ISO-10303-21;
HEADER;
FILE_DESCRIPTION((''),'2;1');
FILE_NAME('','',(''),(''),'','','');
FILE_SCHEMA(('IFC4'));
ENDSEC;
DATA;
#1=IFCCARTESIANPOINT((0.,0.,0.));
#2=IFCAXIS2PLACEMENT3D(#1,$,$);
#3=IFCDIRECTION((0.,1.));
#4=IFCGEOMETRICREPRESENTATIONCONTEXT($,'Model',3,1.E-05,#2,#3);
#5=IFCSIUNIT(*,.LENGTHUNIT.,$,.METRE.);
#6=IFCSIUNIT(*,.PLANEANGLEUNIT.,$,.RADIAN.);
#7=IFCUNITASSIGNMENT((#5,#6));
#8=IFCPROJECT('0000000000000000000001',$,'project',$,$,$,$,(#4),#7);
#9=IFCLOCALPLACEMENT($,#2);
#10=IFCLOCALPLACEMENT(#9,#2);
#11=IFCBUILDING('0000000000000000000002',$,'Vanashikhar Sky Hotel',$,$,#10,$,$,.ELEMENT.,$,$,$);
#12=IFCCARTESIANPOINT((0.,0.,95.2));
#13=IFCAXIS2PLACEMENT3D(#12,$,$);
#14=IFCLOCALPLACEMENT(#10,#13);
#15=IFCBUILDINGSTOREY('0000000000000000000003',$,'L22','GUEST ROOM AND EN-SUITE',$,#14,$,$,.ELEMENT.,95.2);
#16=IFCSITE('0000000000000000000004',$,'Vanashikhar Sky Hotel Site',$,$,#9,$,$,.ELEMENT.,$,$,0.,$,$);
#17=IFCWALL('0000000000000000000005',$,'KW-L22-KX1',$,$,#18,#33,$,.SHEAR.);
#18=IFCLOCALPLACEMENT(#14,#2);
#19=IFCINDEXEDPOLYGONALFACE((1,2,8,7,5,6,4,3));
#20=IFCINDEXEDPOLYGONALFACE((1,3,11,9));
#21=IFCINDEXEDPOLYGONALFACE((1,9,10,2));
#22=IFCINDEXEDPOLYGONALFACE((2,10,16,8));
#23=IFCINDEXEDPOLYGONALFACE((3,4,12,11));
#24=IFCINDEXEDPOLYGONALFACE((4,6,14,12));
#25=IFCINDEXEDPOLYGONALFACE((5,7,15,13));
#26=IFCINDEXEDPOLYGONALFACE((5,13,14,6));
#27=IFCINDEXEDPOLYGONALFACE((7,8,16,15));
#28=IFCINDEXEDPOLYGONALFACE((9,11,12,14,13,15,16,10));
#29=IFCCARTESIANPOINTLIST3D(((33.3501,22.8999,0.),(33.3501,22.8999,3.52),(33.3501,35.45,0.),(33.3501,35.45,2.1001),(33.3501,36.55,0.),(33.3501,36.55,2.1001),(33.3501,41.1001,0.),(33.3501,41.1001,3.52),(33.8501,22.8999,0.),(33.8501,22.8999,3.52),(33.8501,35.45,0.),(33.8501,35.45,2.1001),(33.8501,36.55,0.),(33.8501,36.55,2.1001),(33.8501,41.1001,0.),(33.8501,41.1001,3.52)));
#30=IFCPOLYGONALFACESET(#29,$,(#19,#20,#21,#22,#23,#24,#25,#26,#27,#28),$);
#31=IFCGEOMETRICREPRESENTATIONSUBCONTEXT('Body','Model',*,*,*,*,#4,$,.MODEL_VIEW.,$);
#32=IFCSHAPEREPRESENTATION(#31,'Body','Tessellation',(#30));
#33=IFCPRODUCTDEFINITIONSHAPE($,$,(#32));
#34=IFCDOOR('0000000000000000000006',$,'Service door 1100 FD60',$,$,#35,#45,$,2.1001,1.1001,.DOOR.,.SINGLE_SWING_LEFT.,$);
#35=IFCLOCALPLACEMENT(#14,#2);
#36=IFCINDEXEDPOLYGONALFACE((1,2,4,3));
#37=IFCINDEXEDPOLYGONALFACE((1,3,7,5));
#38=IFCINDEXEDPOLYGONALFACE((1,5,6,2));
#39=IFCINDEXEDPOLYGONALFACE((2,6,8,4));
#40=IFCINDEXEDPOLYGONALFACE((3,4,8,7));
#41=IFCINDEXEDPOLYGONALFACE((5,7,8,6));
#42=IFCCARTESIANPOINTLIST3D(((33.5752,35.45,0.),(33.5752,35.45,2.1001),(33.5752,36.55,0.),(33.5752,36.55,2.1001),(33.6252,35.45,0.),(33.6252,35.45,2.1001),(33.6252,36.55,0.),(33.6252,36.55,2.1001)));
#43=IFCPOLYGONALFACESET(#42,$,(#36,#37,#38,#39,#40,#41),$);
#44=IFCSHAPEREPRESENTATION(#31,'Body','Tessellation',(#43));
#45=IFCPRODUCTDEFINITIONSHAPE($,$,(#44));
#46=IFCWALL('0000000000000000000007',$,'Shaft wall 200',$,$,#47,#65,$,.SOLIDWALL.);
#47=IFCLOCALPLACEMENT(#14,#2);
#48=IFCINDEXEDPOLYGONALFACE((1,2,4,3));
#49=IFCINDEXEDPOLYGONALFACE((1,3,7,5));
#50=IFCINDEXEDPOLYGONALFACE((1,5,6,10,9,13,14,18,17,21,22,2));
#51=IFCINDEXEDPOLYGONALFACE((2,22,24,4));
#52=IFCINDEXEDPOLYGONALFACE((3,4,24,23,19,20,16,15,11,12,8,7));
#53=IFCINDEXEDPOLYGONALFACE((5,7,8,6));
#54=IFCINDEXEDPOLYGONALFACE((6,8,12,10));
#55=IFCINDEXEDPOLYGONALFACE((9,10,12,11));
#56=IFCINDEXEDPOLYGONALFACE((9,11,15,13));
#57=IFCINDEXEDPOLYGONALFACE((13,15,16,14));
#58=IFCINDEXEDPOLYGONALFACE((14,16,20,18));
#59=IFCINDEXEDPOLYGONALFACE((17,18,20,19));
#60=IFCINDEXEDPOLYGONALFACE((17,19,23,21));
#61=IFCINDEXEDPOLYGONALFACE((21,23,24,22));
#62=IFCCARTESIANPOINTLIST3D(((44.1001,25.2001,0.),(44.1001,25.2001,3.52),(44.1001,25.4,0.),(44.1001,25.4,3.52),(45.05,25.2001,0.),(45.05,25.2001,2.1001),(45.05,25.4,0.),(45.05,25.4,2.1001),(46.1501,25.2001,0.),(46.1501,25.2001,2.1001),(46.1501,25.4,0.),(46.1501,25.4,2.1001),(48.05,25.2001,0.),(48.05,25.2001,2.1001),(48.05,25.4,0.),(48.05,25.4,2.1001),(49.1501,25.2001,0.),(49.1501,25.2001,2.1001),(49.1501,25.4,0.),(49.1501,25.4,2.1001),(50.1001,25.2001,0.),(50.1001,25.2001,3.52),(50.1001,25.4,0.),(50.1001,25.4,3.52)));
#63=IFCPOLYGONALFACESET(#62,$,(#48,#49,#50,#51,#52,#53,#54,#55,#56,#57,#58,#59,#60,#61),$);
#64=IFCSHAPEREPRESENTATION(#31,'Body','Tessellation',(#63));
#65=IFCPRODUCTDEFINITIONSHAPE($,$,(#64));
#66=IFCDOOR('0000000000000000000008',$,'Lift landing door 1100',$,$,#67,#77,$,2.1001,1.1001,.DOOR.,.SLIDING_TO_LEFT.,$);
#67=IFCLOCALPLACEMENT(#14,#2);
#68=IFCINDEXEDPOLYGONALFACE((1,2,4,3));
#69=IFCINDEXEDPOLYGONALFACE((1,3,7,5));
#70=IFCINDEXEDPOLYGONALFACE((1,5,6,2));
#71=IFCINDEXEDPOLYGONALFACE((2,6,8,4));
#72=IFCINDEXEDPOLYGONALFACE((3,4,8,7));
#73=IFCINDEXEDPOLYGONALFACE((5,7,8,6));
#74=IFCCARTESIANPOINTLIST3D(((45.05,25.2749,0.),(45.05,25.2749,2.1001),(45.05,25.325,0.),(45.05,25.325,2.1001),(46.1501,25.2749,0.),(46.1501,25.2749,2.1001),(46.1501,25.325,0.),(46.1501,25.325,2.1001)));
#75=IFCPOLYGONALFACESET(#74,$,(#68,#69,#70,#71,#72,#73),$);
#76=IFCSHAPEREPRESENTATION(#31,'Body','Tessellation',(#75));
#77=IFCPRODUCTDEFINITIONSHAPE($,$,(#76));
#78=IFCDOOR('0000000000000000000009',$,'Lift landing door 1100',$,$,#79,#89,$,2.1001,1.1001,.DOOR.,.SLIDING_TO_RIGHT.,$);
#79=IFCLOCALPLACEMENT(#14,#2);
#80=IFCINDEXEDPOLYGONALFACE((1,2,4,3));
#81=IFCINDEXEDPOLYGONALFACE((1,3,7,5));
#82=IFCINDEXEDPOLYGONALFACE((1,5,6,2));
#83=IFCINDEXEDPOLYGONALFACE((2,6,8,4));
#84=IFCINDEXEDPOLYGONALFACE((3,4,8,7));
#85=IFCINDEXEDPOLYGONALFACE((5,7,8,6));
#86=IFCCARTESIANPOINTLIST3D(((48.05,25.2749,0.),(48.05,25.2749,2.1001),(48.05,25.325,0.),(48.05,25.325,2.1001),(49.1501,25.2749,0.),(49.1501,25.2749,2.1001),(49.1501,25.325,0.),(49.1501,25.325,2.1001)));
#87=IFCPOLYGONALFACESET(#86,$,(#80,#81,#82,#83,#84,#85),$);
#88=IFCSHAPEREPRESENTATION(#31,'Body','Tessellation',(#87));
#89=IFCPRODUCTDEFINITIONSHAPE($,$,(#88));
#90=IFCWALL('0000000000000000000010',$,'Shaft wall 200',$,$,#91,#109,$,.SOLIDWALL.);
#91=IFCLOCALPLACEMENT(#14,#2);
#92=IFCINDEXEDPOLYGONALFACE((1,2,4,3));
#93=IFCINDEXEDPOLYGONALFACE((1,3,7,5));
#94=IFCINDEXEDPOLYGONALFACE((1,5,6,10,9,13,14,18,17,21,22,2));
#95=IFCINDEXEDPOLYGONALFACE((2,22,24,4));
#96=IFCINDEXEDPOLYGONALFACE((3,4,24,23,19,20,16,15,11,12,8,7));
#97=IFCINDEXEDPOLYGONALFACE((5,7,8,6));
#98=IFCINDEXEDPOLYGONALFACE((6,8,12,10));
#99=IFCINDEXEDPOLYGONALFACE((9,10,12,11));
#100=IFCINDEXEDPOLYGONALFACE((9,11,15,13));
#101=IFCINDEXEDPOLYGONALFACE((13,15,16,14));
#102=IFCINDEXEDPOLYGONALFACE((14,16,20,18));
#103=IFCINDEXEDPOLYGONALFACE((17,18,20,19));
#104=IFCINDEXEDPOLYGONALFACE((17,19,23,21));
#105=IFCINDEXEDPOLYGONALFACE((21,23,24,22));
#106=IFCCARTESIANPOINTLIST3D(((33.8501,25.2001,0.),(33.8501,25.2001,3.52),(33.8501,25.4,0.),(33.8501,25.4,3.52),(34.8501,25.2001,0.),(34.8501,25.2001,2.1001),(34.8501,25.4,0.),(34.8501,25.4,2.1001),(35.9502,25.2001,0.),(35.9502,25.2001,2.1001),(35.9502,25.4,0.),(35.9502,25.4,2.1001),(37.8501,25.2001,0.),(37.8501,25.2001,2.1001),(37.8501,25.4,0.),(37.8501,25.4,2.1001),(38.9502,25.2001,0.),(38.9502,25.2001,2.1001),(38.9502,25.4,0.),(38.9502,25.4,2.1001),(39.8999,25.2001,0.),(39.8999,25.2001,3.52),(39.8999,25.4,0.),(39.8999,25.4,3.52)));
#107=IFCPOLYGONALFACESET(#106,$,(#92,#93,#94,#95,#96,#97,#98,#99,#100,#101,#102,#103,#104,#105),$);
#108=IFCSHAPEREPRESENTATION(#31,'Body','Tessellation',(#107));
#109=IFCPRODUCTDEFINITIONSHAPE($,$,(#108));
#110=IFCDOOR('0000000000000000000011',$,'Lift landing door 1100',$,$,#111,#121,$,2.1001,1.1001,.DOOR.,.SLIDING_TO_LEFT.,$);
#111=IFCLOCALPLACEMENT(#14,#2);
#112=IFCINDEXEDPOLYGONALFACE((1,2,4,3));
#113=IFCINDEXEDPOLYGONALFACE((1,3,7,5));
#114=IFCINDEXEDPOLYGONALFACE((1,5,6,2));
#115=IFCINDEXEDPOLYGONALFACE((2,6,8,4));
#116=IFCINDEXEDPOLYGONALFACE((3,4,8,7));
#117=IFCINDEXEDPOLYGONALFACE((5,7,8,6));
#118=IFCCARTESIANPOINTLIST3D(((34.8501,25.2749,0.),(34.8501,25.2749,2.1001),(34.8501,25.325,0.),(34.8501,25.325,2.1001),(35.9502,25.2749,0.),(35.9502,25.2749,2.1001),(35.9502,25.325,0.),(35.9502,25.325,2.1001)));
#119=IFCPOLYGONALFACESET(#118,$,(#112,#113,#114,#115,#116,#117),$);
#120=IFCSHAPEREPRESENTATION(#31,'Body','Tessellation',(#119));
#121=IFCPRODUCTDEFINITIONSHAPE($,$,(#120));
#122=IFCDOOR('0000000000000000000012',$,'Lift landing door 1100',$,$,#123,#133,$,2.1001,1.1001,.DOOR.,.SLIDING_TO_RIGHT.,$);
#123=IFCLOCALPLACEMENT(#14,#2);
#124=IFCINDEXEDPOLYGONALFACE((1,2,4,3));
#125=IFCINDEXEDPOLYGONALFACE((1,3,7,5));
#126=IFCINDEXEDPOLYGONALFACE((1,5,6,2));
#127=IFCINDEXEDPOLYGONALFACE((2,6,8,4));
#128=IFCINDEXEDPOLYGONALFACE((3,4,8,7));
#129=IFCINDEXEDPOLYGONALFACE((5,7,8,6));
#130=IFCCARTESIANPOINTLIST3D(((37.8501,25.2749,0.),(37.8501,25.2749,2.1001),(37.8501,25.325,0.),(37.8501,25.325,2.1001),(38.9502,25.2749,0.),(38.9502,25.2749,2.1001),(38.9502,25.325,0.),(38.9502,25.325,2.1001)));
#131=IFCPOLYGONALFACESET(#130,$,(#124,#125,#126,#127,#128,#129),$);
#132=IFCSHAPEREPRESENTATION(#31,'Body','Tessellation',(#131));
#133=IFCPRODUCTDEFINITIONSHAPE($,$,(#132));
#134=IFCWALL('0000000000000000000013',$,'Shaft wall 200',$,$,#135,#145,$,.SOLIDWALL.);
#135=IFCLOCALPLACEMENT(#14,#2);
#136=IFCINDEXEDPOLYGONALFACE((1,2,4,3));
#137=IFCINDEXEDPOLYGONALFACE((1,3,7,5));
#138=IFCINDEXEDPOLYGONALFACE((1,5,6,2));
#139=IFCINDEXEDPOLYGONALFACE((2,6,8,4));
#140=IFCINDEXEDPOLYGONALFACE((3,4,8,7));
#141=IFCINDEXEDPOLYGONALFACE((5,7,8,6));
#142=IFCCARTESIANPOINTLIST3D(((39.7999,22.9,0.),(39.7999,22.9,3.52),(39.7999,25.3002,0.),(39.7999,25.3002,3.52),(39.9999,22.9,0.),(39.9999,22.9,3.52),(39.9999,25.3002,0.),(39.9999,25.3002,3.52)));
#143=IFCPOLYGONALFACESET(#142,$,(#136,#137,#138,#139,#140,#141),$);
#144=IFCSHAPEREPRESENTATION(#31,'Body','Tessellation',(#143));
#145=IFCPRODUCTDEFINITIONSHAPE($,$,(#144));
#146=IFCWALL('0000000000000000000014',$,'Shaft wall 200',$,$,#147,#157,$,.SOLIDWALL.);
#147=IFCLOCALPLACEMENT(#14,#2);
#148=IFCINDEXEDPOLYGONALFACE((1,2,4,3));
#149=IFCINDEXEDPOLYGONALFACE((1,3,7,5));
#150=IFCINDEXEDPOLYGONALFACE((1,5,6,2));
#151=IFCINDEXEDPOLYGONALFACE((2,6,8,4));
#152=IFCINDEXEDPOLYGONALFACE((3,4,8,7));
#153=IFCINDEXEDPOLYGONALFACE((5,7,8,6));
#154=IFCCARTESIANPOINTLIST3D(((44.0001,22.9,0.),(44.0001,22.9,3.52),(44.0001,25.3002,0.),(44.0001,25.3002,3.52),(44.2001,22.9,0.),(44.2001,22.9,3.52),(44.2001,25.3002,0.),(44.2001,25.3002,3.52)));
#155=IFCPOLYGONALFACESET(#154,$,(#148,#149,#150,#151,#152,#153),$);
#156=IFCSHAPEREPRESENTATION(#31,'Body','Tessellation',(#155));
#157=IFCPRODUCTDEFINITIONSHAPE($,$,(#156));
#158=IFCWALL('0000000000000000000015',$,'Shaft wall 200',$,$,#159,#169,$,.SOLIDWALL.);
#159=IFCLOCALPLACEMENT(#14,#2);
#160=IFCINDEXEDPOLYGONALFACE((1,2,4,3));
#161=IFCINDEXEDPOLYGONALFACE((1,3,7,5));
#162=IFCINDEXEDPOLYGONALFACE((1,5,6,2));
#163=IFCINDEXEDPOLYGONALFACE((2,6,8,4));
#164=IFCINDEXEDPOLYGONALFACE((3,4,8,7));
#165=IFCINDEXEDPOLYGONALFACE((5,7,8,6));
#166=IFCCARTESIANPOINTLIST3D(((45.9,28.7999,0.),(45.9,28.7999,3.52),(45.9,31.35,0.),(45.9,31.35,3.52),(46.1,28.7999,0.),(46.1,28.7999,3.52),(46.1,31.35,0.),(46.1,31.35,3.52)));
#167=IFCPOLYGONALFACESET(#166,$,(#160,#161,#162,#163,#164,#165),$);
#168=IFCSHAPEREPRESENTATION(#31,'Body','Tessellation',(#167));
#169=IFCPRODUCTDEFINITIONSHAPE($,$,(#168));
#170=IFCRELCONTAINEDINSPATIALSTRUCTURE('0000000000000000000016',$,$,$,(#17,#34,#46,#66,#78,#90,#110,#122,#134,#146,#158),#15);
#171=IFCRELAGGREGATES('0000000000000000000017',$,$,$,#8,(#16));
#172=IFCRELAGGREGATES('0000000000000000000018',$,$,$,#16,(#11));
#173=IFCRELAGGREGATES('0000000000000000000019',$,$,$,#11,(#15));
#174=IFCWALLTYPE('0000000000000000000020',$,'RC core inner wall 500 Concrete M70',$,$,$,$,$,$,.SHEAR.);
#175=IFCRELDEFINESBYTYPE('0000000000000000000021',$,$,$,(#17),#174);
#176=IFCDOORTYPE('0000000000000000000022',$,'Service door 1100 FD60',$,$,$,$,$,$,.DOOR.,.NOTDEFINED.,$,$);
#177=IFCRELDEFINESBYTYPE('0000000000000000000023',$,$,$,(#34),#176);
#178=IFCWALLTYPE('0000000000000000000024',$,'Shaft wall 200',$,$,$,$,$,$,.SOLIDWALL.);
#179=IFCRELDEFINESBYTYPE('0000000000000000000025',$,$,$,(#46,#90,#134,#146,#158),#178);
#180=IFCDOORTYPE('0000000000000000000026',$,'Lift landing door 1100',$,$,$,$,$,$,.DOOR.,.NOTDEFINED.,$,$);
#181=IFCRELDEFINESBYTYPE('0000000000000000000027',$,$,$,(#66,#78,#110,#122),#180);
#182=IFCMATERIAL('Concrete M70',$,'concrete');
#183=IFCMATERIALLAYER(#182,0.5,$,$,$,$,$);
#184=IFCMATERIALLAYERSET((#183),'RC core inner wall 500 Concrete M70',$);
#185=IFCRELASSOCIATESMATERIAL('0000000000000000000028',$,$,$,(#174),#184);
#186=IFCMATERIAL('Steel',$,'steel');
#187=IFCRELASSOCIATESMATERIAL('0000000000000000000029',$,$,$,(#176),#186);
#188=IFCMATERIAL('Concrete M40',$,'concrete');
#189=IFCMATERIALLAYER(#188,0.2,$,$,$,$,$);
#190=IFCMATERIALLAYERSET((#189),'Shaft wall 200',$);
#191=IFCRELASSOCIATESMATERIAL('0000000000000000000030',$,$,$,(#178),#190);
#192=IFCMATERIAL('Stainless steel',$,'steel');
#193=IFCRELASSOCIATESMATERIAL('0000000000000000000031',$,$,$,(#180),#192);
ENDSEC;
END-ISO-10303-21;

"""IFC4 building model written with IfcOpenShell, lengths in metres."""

from ifc_helpers import new_model, si_unit, direction, frame, frame_2d, origin, place, context, subcontext, project, spatial, rectangle, extrude, source, transform, mapped, material, layer, layer_set, type_object, element, fill, save


model = new_model("IFC4")

# Units and contexts
model_context = context("Model", 3, precision=1e-05, world=origin(), true_north=direction((0.0, 1.0)))
body_context = subcontext(model_context, "Body", "Model", "MODEL_VIEW")
ifc_project = project(units=[si_unit("LENGTHUNIT", "METRE"), si_unit("PLANEANGLEUNIT", "RADIAN")], contexts=[model_context])

# Site, building, storey
site_placement = place(None, origin())
site = spatial("IfcSite", under=ifc_project, at=site_placement, Name="Vanashikhar Sky Hotel Site", CompositionType="ELEMENT", RefElevation=0.0)
building_placement = place(site_placement, origin())
building = spatial("IfcBuilding", under=site, at=building_placement, Name="Vanashikhar Sky Hotel", CompositionType="ELEMENT")
storey_placement = place(building_placement, frame((0.0, 0.0, 95.2)))
storey = spatial("IfcBuildingStorey", under=building, at=storey_placement, Name="L22", Description="GUEST ROOM AND EN-SUITE", CompositionType="ELEMENT", Elevation=95.2)

# Wall, opening, door
ifc_material_1 = material(Name="Concrete M70", Category="concrete")
ifc_layer_1 = layer(ifc_material_1, 0.5)
ifc_layer_set_1 = layer_set([ifc_layer_1], Name="RC core inner wall 500 Concrete M70")
wall_type_1 = type_object("IfcWallType", Name="RC core inner wall 500 Concrete M70", PredefinedType="SHEAR", material=ifc_layer_set_1)
shared_shape_1 = source(origin(), body_context, "Body", "SweptSolid", [
    extrude(rectangle(XDim=18.2002, YDim=0.5, at=frame_2d((9.1001, 0.0))), origin(), (0.0, 0.0, 1.0), 3.52),
])
wall_1_placement = place(storey_placement, frame((33.6001, 22.8999, 0.0), z_axis=(0.0, 0.0, 1.0), x_axis=(0.0, 1.0, 0.0)))
wall_1 = element("IfcWall", 1, at=wall_1_placement, inside=storey, type_object=wall_type_1, Name="KW-L22-KX1", PredefinedType="SHEAR", context=body_context, shape_type="MappedRepresentation", body=[
    mapped(shared_shape_1, transform((0.0, 0.0, 0.0), scale=1.0)),
])
shared_shape_2 = source(origin(), body_context, "Body", "SweptSolid", [
    extrude(rectangle(XDim=1.1001, YDim=2.1001, at=frame_2d((0.55, 1.05))), frame((0.0, 0.26, 0.0), z_axis=(0.0, -1.0, 0.0), x_axis=(1.0, 0.0, 0.0)), (0.0, 0.0, 1.0), 0.52),
])
opening_1_placement = place(wall_1_placement, frame((12.55, 0.0, 0.0)))
opening_1 = element("IfcOpeningElement", 2, at=opening_1_placement, cuts=wall_1, PredefinedType="OPENING", context=body_context, shape_type="MappedRepresentation", body=[
    mapped(shared_shape_2, transform((0.0, 0.0, 0.0), scale=1.0)),
])
ifc_material_2 = material(Name="Steel", Category="steel")
door_type_1 = type_object("IfcDoorType", Name="Service door 1100 FD60", OperationType="NOTDEFINED", PredefinedType="DOOR", material=ifc_material_2)
shared_shape_3 = source(origin(), body_context, "Body", "SweptSolid", [
    extrude(rectangle(XDim=1.1001, YDim=2.1001, at=frame_2d((0.55, 1.05))), frame((0.0, 0.0249, 0.0), z_axis=(0.0, -1.0, 0.0), x_axis=(1.0, 0.0, 0.0)), (0.0, 0.0, 1.0), 0.05),
])
door_1_placement = place(opening_1_placement, origin())
door_1 = element("IfcDoor", 3, at=door_1_placement, inside=storey, type_object=door_type_1, Name="Service door 1100 FD60", OperationType="SINGLE_SWING_LEFT", OverallHeight=2.1001, OverallWidth=1.1001, PredefinedType="DOOR", context=body_context, shape_type="MappedRepresentation", body=[
    mapped(shared_shape_3, transform((0.0, 0.0, 0.0), scale=1.0)),
])
fill(opening_1, door_1)

# Walls, openings, doors
ifc_material_3 = material(Name="Concrete M40", Category="concrete")
ifc_layer_2 = layer(ifc_material_3, 0.2)
ifc_layer_set_2 = layer_set([ifc_layer_2], Name="Shaft wall 200")
wall_type_2 = type_object("IfcWallType", Name="Shaft wall 200", PredefinedType="SOLIDWALL", material=ifc_layer_set_2)
shared_shape_4 = source(origin(), body_context, "Body", "SweptSolid", [
    extrude(rectangle(XDim=6.0, YDim=0.2, at=frame_2d((3.0, 0.0))), origin(), (0.0, 0.0, 1.0), 3.52),
])
wall_2_placement = place(storey_placement, frame((44.1001, 25.3, 0.0), z_axis=(0.0, 0.0, 1.0), x_axis=(1.0, 0.0, 0.0)))
wall_2 = element("IfcWall", 4, at=wall_2_placement, inside=storey, type_object=wall_type_2, Name="Shaft wall 200", PredefinedType="SOLIDWALL", context=body_context, shape_type="MappedRepresentation", body=[
    mapped(shared_shape_4, transform((0.0, 0.0, 0.0), scale=1.0)),
])
shared_shape_5 = source(origin(), body_context, "Body", "SweptSolid", [
    extrude(rectangle(XDim=1.1001, YDim=2.1001, at=frame_2d((0.55, 1.05))), frame((0.0, 0.1099, 0.0), z_axis=(0.0, -1.0, 0.0), x_axis=(1.0, 0.0, 0.0)), (0.0, 0.0, 1.0), 0.22),
])
opening_2_placement = place(wall_2_placement, frame((0.95, 0.0, 0.0)))
opening_2 = element("IfcOpeningElement", 5, at=opening_2_placement, cuts=wall_2, PredefinedType="OPENING", context=body_context, shape_type="MappedRepresentation", body=[
    mapped(shared_shape_5, transform((0.0, 0.0, 0.0), scale=1.0)),
])
opening_3_placement = place(wall_2_placement, frame((3.95, 0.0, 0.0)))
opening_3 = element("IfcOpeningElement", 6, at=opening_3_placement, cuts=wall_2, PredefinedType="OPENING", context=body_context, shape_type="MappedRepresentation", body=[
    mapped(shared_shape_5, transform((0.0, 0.0, 0.0), scale=1.0)),
])
ifc_material_4 = material(Name="Stainless steel", Category="steel")
door_type_2 = type_object("IfcDoorType", Name="Lift landing door 1100", OperationType="NOTDEFINED", PredefinedType="DOOR", material=ifc_material_4)
door_2_placement = place(opening_2_placement, origin())
door_2 = element("IfcDoor", 7, at=door_2_placement, inside=storey, type_object=door_type_2, Name="Lift landing door 1100", OperationType="SLIDING_TO_LEFT", OverallHeight=2.1001, OverallWidth=1.1001, PredefinedType="DOOR", context=body_context, shape_type="MappedRepresentation", body=[
    mapped(shared_shape_3, transform((0.0, 0.0, 0.0), scale=1.0)),
])
fill(opening_2, door_2)
door_3_placement = place(opening_3_placement, origin())
door_3 = element("IfcDoor", 8, at=door_3_placement, inside=storey, type_object=door_type_2, Name="Lift landing door 1100", OperationType="SLIDING_TO_RIGHT", OverallHeight=2.1001, OverallWidth=1.1001, PredefinedType="DOOR", context=body_context, shape_type="MappedRepresentation", body=[
    mapped(shared_shape_3, transform((0.0, 0.0, 0.0), scale=1.0)),
])
fill(opening_3, door_3)
shared_shape_6 = source(origin(), body_context, "Body", "SweptSolid", [
    extrude(rectangle(XDim=6.0498, YDim=0.2, at=frame_2d((3.0249, 0.0))), origin(), (0.0, 0.0, 1.0), 3.52),
])
wall_3_placement = place(storey_placement, frame((33.8501, 25.3, 0.0), z_axis=(0.0, 0.0, 1.0), x_axis=(1.0, 0.0, 0.0)))
wall_3 = element("IfcWall", 9, at=wall_3_placement, inside=storey, type_object=wall_type_2, Name="Shaft wall 200", PredefinedType="SOLIDWALL", context=body_context, shape_type="MappedRepresentation", body=[
    mapped(shared_shape_6, transform((0.0, 0.0, 0.0), scale=1.0)),
])
opening_4_placement = place(wall_3_placement, frame((1.0, 0.0, 0.0)))
opening_4 = element("IfcOpeningElement", 10, at=opening_4_placement, cuts=wall_3, PredefinedType="OPENING", context=body_context, shape_type="MappedRepresentation", body=[
    mapped(shared_shape_5, transform((0.0, 0.0, 0.0), scale=1.0)),
])
opening_5_placement = place(wall_3_placement, frame((4.0, 0.0, 0.0)))
opening_5 = element("IfcOpeningElement", 11, at=opening_5_placement, cuts=wall_3, PredefinedType="OPENING", context=body_context, shape_type="MappedRepresentation", body=[
    mapped(shared_shape_5, transform((0.0, 0.0, 0.0), scale=1.0)),
])
door_4_placement = place(opening_4_placement, origin())
door_4 = element("IfcDoor", 12, at=door_4_placement, inside=storey, type_object=door_type_2, Name="Lift landing door 1100", OperationType="SLIDING_TO_LEFT", OverallHeight=2.1001, OverallWidth=1.1001, PredefinedType="DOOR", context=body_context, shape_type="MappedRepresentation", body=[
    mapped(shared_shape_3, transform((0.0, 0.0, 0.0), scale=1.0)),
])
fill(opening_4, door_4)
door_5_placement = place(opening_5_placement, origin())
door_5 = element("IfcDoor", 13, at=door_5_placement, inside=storey, type_object=door_type_2, Name="Lift landing door 1100", OperationType="SLIDING_TO_RIGHT", OverallHeight=2.1001, OverallWidth=1.1001, PredefinedType="DOOR", context=body_context, shape_type="MappedRepresentation", body=[
    mapped(shared_shape_3, transform((0.0, 0.0, 0.0), scale=1.0)),
])
fill(opening_5, door_5)

# Walls
shared_shape_7 = source(origin(), body_context, "Body", "SweptSolid", [
    extrude(rectangle(XDim=2.4001, YDim=0.2, at=frame_2d((1.2002, 0.0))), origin(), (0.0, 0.0, 1.0), 3.52),
])
for number, where, z_axis, x_axis, name in (
    (14, (39.8999, 22.8999, 0.0), (0.0, 0.0, 1.0), (0.0, 1.0, 0.0), "Shaft wall 200"),
    (15, (44.1001, 22.8999, 0.0), (0.0, 0.0, 1.0), (0.0, 1.0, 0.0), "Shaft wall 200"),
):
    element("IfcWall", number, at=place(storey_placement, frame(where, z_axis=z_axis, x_axis=x_axis)), inside=storey, type_object=wall_type_2, Name=name, PredefinedType="SOLIDWALL", context=body_context, shape_type="MappedRepresentation", body=[
        mapped(shared_shape_7, transform((0.0, 0.0, 0.0), scale=1.0)),
    ])
shared_shape_8 = source(origin(), body_context, "Body", "SweptSolid", [
    extrude(rectangle(XDim=2.55, YDim=0.2, at=frame_2d((1.2749, 0.0))), origin(), (0.0, 0.0, 1.0), 3.52),
])
wall_4_placement = place(storey_placement, frame((46.0, 28.8, 0.0), z_axis=(0.0, 0.0, 1.0), x_axis=(0.0, 1.0, 0.0)))
element("IfcWall", 16, at=wall_4_placement, inside=storey, type_object=wall_type_2, Name="Shaft wall 200", PredefinedType="SOLIDWALL", context=body_context, shape_type="MappedRepresentation", body=[
    mapped(shared_shape_8, transform((0.0, 0.0, 0.0), scale=1.0)),
])

save(model, "model.ifc")
